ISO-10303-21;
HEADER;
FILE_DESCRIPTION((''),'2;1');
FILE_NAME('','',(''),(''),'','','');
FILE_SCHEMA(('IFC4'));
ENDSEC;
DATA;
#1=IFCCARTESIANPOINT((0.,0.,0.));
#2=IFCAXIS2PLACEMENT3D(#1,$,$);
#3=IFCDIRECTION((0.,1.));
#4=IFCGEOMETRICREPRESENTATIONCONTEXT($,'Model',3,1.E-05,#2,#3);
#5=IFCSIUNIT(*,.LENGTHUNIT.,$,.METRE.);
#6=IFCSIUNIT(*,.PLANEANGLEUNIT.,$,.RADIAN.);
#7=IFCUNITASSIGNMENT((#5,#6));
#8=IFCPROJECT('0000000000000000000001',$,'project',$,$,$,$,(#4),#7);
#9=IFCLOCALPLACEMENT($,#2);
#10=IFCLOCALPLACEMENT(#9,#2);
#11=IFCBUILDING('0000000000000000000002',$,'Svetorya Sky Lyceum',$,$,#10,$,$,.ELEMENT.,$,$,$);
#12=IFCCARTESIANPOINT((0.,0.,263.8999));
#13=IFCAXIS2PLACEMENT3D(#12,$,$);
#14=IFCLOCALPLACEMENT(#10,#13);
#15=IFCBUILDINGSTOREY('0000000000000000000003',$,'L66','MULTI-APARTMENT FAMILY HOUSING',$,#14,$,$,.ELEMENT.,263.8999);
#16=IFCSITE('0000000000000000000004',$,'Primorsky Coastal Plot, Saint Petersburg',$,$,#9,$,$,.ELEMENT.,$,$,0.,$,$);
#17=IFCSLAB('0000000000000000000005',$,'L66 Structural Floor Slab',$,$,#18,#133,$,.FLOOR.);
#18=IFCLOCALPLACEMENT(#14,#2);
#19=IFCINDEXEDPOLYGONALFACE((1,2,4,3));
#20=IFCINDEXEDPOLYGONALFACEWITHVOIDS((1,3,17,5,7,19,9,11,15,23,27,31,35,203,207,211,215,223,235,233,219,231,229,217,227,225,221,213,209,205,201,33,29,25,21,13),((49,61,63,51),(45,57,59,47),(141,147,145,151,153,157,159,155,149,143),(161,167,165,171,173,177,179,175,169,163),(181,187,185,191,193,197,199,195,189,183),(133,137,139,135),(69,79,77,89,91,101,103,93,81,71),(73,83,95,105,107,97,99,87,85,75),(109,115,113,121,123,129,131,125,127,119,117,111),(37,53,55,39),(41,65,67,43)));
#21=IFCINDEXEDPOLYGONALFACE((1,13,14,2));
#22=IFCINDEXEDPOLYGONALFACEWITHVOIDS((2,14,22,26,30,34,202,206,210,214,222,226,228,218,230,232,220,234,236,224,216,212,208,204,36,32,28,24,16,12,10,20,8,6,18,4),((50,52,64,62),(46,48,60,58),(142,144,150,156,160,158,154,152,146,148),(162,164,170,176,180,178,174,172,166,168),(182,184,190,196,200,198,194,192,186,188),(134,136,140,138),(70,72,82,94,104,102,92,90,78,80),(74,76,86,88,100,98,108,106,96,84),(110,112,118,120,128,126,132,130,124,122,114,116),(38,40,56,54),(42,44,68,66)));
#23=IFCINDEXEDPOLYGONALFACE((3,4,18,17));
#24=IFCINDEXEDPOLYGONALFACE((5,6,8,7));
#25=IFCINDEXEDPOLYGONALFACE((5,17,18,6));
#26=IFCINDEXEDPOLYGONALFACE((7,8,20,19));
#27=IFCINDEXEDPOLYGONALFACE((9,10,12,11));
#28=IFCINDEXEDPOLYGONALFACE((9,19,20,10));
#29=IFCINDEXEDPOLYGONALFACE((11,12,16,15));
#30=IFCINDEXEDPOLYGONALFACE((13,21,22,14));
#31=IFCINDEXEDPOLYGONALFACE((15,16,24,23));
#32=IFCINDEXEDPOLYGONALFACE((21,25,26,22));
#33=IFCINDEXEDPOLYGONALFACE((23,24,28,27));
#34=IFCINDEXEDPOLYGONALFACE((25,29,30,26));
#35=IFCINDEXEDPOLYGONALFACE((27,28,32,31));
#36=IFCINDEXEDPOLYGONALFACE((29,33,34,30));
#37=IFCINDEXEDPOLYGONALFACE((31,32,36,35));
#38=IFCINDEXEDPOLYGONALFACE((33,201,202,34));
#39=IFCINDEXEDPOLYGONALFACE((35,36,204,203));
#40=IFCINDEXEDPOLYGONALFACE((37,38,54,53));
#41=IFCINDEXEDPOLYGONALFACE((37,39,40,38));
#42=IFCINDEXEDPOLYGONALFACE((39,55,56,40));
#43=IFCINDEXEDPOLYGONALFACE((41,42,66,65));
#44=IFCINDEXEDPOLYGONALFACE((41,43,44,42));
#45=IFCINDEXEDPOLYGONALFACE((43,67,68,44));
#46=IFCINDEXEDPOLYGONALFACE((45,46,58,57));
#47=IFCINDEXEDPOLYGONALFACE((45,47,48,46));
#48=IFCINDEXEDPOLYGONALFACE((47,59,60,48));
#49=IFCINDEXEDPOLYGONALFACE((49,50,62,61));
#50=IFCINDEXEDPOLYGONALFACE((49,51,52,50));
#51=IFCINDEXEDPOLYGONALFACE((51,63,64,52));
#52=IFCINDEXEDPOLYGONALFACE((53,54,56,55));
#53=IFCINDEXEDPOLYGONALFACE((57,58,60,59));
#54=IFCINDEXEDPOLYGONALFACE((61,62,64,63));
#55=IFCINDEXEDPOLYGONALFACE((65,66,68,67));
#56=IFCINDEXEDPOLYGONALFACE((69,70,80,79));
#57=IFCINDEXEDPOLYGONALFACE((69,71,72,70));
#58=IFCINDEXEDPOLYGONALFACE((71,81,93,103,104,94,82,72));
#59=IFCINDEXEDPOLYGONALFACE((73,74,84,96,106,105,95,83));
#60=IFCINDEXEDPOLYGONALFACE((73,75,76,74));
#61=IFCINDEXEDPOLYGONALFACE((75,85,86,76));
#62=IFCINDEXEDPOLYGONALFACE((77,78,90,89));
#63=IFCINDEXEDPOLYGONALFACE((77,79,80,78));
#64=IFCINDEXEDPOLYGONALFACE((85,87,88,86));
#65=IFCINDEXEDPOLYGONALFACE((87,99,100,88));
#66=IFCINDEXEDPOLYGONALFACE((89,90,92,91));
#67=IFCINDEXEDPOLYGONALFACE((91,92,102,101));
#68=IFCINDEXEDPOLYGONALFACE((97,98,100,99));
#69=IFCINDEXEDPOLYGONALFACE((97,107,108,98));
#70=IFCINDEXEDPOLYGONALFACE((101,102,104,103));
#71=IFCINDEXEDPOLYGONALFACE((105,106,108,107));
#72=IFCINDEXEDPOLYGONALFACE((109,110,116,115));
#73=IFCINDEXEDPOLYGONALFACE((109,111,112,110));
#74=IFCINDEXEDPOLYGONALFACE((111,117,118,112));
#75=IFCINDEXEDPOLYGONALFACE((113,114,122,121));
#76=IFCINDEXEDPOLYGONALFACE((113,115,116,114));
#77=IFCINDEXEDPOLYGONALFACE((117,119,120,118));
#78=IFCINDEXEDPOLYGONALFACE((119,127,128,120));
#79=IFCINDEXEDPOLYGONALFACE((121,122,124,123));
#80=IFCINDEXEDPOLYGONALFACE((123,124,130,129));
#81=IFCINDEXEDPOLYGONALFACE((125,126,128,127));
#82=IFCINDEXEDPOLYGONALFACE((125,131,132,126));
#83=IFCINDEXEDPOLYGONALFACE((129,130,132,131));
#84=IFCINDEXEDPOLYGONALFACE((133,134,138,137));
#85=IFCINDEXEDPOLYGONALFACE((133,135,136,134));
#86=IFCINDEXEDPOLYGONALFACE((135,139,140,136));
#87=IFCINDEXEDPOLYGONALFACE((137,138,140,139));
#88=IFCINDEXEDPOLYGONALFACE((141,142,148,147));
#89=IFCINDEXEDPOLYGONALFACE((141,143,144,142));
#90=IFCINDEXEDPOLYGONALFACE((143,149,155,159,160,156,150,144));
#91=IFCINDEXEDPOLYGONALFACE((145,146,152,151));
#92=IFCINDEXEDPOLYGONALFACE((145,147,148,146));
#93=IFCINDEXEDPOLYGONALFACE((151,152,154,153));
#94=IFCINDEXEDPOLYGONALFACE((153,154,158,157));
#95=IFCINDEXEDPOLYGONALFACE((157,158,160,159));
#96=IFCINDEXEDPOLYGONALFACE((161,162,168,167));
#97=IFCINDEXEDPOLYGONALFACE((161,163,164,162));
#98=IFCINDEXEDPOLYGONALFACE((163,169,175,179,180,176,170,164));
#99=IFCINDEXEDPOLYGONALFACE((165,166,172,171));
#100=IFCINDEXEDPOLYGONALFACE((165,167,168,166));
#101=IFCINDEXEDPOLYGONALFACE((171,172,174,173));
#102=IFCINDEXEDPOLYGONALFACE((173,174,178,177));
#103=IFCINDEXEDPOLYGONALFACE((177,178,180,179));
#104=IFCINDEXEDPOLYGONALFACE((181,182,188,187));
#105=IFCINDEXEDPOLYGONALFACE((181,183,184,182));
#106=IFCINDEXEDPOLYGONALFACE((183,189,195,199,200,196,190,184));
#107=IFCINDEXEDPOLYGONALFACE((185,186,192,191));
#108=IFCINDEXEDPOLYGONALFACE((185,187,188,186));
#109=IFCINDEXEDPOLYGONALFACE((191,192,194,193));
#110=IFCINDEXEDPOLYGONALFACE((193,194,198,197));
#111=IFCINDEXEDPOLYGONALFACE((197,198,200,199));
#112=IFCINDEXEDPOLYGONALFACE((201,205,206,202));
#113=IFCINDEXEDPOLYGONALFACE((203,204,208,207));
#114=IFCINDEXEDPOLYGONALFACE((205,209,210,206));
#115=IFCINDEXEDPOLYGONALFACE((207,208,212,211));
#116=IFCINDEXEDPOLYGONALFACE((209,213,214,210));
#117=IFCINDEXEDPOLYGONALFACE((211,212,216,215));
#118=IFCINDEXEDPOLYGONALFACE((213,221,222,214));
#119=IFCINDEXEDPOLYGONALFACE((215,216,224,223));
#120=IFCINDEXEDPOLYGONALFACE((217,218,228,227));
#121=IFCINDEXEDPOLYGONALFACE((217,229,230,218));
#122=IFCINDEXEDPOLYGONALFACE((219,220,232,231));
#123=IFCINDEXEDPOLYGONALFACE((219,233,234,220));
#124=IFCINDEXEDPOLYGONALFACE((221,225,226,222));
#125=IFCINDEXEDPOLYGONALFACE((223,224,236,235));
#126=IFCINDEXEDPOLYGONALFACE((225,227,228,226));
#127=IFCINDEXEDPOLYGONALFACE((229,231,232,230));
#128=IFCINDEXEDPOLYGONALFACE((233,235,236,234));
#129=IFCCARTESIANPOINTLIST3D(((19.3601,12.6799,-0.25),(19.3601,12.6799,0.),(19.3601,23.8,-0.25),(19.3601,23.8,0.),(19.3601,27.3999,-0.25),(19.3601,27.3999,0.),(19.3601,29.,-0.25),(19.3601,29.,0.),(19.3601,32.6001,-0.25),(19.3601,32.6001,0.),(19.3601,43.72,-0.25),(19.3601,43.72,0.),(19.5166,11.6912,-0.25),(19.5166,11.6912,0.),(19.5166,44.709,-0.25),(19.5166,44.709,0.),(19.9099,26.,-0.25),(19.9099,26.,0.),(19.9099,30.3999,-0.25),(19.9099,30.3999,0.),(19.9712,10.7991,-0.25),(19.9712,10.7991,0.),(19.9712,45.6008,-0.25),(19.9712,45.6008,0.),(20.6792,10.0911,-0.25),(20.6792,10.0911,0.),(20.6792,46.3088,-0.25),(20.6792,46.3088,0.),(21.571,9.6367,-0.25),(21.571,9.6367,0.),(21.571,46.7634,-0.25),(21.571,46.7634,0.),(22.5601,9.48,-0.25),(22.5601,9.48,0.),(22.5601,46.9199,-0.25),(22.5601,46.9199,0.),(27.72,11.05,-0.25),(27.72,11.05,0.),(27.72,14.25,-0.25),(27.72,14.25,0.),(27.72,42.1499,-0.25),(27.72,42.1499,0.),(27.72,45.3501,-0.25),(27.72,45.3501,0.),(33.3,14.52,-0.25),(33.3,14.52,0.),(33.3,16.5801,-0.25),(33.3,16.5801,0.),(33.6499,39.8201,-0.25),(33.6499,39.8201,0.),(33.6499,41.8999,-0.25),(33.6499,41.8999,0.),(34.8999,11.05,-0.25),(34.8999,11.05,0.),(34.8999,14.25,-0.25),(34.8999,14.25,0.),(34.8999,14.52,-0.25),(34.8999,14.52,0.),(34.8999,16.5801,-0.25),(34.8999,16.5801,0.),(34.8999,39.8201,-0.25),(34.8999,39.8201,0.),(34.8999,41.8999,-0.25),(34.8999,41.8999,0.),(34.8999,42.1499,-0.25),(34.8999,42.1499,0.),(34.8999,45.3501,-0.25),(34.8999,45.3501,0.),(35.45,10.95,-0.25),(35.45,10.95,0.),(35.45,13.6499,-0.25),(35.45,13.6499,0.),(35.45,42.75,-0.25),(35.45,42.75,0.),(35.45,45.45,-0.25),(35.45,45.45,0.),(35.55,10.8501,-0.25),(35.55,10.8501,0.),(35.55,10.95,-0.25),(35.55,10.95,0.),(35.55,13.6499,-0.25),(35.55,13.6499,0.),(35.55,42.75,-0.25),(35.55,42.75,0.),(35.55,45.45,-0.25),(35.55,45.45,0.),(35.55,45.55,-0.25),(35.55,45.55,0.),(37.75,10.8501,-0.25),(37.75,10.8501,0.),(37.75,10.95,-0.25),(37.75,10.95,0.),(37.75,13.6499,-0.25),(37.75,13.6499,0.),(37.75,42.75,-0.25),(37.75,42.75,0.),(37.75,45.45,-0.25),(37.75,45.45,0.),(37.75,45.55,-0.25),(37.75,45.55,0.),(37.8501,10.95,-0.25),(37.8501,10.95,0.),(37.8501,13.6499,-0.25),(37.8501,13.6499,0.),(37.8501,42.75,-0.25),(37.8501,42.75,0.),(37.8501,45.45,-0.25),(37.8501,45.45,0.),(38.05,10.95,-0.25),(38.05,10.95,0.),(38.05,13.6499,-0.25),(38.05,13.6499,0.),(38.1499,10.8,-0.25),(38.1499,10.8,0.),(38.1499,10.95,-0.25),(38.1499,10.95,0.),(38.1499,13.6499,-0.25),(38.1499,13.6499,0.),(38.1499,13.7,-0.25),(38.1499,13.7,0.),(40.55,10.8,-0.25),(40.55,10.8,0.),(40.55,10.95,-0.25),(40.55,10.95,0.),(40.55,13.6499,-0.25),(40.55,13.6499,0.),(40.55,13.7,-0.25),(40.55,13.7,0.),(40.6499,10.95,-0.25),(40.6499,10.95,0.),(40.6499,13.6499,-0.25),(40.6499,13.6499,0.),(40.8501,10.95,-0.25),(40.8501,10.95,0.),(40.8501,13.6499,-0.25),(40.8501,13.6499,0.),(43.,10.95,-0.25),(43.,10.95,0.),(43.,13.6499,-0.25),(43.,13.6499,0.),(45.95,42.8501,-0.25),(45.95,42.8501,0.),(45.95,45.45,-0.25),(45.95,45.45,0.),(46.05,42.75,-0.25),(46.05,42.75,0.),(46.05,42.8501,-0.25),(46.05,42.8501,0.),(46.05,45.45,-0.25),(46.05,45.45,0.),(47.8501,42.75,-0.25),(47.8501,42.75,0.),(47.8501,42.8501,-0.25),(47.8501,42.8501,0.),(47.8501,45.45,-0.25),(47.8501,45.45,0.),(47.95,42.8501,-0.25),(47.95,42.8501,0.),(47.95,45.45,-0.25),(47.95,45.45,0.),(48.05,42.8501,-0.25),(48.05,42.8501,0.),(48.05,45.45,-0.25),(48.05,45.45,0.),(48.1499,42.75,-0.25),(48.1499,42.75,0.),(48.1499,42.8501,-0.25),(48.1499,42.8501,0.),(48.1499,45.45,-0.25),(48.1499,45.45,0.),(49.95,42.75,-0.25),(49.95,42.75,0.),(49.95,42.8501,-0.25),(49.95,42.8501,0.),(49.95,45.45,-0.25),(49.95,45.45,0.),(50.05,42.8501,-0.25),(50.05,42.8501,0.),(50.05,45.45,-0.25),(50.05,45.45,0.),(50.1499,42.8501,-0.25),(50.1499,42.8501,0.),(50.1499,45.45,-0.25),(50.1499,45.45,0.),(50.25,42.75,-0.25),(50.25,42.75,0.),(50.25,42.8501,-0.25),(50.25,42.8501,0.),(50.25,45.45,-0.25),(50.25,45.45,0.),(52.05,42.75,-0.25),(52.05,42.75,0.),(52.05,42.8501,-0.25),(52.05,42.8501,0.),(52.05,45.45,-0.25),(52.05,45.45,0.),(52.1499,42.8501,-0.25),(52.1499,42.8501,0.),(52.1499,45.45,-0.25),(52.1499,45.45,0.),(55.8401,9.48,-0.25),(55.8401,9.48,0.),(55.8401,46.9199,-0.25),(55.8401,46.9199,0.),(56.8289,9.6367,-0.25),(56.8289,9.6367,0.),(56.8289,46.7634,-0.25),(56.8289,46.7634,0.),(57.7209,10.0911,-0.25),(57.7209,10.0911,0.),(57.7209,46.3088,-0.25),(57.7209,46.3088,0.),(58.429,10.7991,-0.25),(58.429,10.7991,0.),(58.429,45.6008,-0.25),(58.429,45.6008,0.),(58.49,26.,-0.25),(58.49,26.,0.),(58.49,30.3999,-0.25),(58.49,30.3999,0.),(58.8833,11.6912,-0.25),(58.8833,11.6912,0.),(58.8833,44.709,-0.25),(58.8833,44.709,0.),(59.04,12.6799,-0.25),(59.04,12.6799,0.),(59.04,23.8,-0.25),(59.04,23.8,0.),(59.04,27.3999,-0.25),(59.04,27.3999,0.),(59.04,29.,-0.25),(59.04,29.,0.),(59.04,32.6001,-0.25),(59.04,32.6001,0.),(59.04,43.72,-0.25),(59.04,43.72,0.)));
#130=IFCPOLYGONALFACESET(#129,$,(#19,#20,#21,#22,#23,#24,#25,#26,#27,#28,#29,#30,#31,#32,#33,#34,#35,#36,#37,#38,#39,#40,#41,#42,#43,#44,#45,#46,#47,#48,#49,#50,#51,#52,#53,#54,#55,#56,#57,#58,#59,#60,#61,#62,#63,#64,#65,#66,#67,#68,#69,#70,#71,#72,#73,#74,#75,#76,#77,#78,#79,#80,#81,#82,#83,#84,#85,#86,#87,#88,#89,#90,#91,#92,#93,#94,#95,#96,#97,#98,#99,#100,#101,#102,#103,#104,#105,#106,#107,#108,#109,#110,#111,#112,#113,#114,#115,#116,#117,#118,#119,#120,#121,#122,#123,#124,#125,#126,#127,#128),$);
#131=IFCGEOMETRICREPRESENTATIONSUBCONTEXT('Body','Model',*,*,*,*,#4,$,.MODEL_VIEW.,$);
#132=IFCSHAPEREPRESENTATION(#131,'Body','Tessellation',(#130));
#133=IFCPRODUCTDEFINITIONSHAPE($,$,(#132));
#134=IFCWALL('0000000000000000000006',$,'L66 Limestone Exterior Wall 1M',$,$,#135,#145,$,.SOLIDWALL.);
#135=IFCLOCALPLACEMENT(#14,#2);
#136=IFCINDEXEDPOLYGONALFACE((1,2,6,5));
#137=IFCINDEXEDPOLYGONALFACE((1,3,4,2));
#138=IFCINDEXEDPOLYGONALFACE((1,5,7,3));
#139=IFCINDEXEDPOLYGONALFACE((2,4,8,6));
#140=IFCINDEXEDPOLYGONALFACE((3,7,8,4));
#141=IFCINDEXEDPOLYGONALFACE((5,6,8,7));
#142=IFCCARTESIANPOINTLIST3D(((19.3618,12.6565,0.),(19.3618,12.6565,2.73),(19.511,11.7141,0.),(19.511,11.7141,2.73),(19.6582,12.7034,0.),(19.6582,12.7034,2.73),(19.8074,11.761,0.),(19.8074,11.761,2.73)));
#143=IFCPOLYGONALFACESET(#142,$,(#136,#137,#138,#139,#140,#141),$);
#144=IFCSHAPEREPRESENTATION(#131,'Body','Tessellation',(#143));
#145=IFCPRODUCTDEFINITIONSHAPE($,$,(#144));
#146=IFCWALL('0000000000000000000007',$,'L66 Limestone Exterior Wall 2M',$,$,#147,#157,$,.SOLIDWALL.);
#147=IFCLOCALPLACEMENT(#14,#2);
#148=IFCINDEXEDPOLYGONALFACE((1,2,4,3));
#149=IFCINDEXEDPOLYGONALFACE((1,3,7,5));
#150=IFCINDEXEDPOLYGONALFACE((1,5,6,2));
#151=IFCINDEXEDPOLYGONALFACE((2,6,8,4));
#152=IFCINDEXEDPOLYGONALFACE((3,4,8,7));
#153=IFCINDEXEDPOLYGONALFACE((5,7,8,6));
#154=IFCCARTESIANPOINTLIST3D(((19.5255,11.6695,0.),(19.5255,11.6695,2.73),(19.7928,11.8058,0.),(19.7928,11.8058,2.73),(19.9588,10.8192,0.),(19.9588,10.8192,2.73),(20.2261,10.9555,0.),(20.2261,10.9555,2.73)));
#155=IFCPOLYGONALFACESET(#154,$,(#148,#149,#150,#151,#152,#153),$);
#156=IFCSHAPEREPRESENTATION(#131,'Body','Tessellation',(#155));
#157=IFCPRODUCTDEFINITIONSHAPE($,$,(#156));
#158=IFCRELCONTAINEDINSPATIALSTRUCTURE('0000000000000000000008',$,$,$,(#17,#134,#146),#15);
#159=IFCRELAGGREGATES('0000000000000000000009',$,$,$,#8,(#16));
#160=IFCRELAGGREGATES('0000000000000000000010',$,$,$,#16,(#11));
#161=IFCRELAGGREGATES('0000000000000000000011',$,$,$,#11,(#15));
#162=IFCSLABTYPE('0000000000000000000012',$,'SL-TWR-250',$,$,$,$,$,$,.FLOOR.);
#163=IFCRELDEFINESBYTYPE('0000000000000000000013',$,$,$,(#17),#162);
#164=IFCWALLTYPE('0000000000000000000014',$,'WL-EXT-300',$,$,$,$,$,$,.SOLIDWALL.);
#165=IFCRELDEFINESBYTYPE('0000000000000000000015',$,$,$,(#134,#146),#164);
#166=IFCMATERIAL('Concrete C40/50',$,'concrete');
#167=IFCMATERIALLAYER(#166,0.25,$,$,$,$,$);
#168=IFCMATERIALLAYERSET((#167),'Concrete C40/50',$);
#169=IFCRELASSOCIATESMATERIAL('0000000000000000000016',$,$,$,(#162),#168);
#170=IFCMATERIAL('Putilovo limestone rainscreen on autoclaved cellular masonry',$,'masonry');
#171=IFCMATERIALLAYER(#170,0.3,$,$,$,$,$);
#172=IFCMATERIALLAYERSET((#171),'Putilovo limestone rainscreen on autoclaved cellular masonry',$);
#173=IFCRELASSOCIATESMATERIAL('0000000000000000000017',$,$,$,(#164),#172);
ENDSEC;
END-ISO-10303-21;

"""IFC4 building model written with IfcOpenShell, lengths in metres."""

from ifc_helpers import new_model, si_unit, direction, frame, frame_2d, origin, place, context, subcontext, project, spatial, polyline, rectangle, outline, extrude, material, layer, layer_set, type_object, element, save


model = new_model("IFC4")

# Units and contexts
model_context = context("Model", 3, precision=1e-05, world=origin(), true_north=direction((0.0, 1.0)))
body_context = subcontext(model_context, "Body", "Model", "MODEL_VIEW")
ifc_project = project(units=[si_unit("LENGTHUNIT", "METRE"), si_unit("PLANEANGLEUNIT", "RADIAN")], contexts=[model_context])

# Site, building, storey
site_placement = place(None, origin())
site = spatial("IfcSite", under=ifc_project, at=site_placement, Name="Primorsky Coastal Plot, Saint Petersburg", CompositionType="ELEMENT", RefElevation=0.0)
building_placement = place(site_placement, origin())
building = spatial("IfcBuilding", under=site, at=building_placement, Name="Svetorya Sky Lyceum", CompositionType="ELEMENT")
storey_placement = place(building_placement, frame((0.0, 0.0, 263.8999)))
storey = spatial("IfcBuildingStorey", under=building, at=storey_placement, Name="L66", Description="MULTI-APARTMENT FAMILY HOUSING", CompositionType="ELEMENT", Elevation=263.8999)

# Shared definitions
ifc_material_1 = material(Name="Concrete C40/50", Category="concrete")

# Slab
ifc_layer_1 = layer(ifc_material_1, 0.25)
ifc_layer_set_1 = layer_set([ifc_layer_1], Name="Concrete C40/50")
slab_type_1 = type_object("IfcSlabType", Name="SL-TWR-250", PredefinedType="FLOOR", material=ifc_layer_set_1)
slab_1_placement = place(storey_placement, frame((0.0, 0.0, -0.25)))
element("IfcSlab", 1, at=slab_1_placement, inside=storey, type_object=slab_type_1, Name="L66 Structural Floor Slab", PredefinedType="FLOOR", context=body_context, shape_type="SweptSolid", body=[
    extrude(outline(polyline([(19.3601, 12.6799), (19.5166, 11.6912), (19.9712, 10.7991), (20.6792, 10.0911), (21.571, 9.6367), (22.5601, 9.48), (55.8401, 9.48), (56.8289, 9.6367), (57.7209, 10.0911), (58.429, 10.7991), (58.8833, 11.6912), (59.04, 12.6799), (59.04, 23.8), (58.49, 26.0), (59.04, 27.3999), (59.04, 29.0), (58.49, 30.3999), (59.04, 32.6001), (59.04, 43.72), (58.8833, 44.709), (58.429, 45.6008), (57.7209, 46.3088), (56.8289, 46.7634), (55.8401, 46.9199), (22.5601, 46.9199), (21.571, 46.7634), (20.6792, 46.3088), (19.9712, 45.6008), (19.5166, 44.709), (19.3601, 43.72), (19.3601, 32.6001), (19.9099, 30.3999), (19.3601, 29.0), (19.3601, 27.3999), (19.9099, 26.0), (19.3601, 23.8), (19.3601, 12.6799)]), holes=[polyline([(37.8501, 10.95), (37.75, 10.95), (37.75, 10.8501), (35.55, 10.8501), (35.55, 10.95), (35.45, 10.95), (35.45, 13.6499), (35.55, 13.6499), (37.75, 13.6499), (37.8501, 13.6499), (37.8501, 10.95)]), polyline([(38.1499, 10.8), (38.1499, 10.95), (38.05, 10.95), (38.05, 13.6499), (38.1499, 13.6499), (38.1499, 13.7), (40.55, 13.7), (40.55, 13.6499), (40.6499, 13.6499), (40.6499, 10.95), (40.55, 10.95), (40.55, 10.8), (38.1499, 10.8)]), polyline([(27.72, 11.05), (27.72, 14.25), (34.8999, 14.25), (34.8999, 11.05), (27.72, 11.05)]), polyline([(33.3, 14.52), (33.3, 16.5801), (34.8999, 16.5801), (34.8999, 14.52), (33.3, 14.52)]), polyline([(33.6499, 39.8201), (33.6499, 41.8999), (34.8999, 41.8999), (34.8999, 39.8201), (33.6499, 39.8201)]), polyline([(27.72, 42.1499), (27.72, 45.3501), (34.8999, 45.3501), (34.8999, 42.1499), (27.72, 42.1499)]), polyline([(37.75, 42.75), (35.55, 42.75), (35.45, 42.75), (35.45, 45.45), (35.55, 45.45), (35.55, 45.55), (37.75, 45.55), (37.75, 45.45), (37.8501, 45.45), (37.8501, 42.75), (37.75, 42.75)]), polyline([(40.8501, 10.95), (40.8501, 13.6499), (43.0, 13.6499), (43.0, 10.95), (40.8501, 10.95)]), polyline([(46.05, 42.75), (46.05, 42.8501), (45.95, 42.8501), (45.95, 45.45), (46.05, 45.45), (47.8501, 45.45), (47.95, 45.45), (47.95, 42.8501), (47.8501, 42.8501), (47.8501, 42.75), (46.05, 42.75)]), polyline([(50.05, 42.8501), (49.95, 42.8501), (49.95, 42.75), (48.1499, 42.75), (48.1499, 42.8501), (48.05, 42.8501), (48.05, 45.45), (48.1499, 45.45), (49.95, 45.45), (50.05, 45.45), (50.05, 42.8501)]), polyline([(52.1499, 42.8501), (52.05, 42.8501), (52.05, 42.75), (50.25, 42.75), (50.25, 42.8501), (50.1499, 42.8501), (50.1499, 45.45), (50.25, 45.45), (52.05, 45.45), (52.1499, 45.45), (52.1499, 42.8501)])]), origin(), (0.0, 0.0, 1.0), 0.25),
])

# Walls
ifc_material_2 = material(Name="Putilovo limestone rainscreen on autoclaved cellular masonry", Category="masonry")
ifc_layer_2 = layer(ifc_material_2, 0.3)
ifc_layer_set_2 = layer_set([ifc_layer_2], Name="Putilovo limestone rainscreen on autoclaved cellular masonry")
wall_type_1 = type_object("IfcWallType", Name="WL-EXT-300", PredefinedType="SOLIDWALL", material=ifc_layer_set_2)
wall_1_placement = place(storey_placement, frame((19.51, 12.6799, 0.0), z_axis=(0.0, 0.0, 1.0), x_axis=(0.156344, -0.987703, 0.0)))
element("IfcWall", 2, at=wall_1_placement, inside=storey, type_object=wall_type_1, Name="L66 Limestone Exterior Wall 1M", PredefinedType="SOLIDWALL", context=body_context, shape_type="SweptSolid", body=[
    extrude(rectangle(XDim=0.9541, YDim=0.3, at=frame_2d((0.4771, 0.0))), origin(), (0.0, 0.0, 1.0), 2.73),
])
wall_2_placement = place(storey_placement, frame((19.6592, 11.7375, 0.0), z_axis=(0.0, 0.0, 1.0), x_axis=(0.454056, -0.890973, 0.0)))
element("IfcWall", 3, at=wall_2_placement, inside=storey, type_object=wall_type_1, Name="L66 Limestone Exterior Wall 2M", PredefinedType="SOLIDWALL", context=body_context, shape_type="SweptSolid", body=[
    extrude(rectangle(XDim=0.9543, YDim=0.3, at=frame_2d((0.4771, 0.0))), origin(), (0.0, 0.0, 1.0), 2.73),
])

save(model, "model.ifc")
